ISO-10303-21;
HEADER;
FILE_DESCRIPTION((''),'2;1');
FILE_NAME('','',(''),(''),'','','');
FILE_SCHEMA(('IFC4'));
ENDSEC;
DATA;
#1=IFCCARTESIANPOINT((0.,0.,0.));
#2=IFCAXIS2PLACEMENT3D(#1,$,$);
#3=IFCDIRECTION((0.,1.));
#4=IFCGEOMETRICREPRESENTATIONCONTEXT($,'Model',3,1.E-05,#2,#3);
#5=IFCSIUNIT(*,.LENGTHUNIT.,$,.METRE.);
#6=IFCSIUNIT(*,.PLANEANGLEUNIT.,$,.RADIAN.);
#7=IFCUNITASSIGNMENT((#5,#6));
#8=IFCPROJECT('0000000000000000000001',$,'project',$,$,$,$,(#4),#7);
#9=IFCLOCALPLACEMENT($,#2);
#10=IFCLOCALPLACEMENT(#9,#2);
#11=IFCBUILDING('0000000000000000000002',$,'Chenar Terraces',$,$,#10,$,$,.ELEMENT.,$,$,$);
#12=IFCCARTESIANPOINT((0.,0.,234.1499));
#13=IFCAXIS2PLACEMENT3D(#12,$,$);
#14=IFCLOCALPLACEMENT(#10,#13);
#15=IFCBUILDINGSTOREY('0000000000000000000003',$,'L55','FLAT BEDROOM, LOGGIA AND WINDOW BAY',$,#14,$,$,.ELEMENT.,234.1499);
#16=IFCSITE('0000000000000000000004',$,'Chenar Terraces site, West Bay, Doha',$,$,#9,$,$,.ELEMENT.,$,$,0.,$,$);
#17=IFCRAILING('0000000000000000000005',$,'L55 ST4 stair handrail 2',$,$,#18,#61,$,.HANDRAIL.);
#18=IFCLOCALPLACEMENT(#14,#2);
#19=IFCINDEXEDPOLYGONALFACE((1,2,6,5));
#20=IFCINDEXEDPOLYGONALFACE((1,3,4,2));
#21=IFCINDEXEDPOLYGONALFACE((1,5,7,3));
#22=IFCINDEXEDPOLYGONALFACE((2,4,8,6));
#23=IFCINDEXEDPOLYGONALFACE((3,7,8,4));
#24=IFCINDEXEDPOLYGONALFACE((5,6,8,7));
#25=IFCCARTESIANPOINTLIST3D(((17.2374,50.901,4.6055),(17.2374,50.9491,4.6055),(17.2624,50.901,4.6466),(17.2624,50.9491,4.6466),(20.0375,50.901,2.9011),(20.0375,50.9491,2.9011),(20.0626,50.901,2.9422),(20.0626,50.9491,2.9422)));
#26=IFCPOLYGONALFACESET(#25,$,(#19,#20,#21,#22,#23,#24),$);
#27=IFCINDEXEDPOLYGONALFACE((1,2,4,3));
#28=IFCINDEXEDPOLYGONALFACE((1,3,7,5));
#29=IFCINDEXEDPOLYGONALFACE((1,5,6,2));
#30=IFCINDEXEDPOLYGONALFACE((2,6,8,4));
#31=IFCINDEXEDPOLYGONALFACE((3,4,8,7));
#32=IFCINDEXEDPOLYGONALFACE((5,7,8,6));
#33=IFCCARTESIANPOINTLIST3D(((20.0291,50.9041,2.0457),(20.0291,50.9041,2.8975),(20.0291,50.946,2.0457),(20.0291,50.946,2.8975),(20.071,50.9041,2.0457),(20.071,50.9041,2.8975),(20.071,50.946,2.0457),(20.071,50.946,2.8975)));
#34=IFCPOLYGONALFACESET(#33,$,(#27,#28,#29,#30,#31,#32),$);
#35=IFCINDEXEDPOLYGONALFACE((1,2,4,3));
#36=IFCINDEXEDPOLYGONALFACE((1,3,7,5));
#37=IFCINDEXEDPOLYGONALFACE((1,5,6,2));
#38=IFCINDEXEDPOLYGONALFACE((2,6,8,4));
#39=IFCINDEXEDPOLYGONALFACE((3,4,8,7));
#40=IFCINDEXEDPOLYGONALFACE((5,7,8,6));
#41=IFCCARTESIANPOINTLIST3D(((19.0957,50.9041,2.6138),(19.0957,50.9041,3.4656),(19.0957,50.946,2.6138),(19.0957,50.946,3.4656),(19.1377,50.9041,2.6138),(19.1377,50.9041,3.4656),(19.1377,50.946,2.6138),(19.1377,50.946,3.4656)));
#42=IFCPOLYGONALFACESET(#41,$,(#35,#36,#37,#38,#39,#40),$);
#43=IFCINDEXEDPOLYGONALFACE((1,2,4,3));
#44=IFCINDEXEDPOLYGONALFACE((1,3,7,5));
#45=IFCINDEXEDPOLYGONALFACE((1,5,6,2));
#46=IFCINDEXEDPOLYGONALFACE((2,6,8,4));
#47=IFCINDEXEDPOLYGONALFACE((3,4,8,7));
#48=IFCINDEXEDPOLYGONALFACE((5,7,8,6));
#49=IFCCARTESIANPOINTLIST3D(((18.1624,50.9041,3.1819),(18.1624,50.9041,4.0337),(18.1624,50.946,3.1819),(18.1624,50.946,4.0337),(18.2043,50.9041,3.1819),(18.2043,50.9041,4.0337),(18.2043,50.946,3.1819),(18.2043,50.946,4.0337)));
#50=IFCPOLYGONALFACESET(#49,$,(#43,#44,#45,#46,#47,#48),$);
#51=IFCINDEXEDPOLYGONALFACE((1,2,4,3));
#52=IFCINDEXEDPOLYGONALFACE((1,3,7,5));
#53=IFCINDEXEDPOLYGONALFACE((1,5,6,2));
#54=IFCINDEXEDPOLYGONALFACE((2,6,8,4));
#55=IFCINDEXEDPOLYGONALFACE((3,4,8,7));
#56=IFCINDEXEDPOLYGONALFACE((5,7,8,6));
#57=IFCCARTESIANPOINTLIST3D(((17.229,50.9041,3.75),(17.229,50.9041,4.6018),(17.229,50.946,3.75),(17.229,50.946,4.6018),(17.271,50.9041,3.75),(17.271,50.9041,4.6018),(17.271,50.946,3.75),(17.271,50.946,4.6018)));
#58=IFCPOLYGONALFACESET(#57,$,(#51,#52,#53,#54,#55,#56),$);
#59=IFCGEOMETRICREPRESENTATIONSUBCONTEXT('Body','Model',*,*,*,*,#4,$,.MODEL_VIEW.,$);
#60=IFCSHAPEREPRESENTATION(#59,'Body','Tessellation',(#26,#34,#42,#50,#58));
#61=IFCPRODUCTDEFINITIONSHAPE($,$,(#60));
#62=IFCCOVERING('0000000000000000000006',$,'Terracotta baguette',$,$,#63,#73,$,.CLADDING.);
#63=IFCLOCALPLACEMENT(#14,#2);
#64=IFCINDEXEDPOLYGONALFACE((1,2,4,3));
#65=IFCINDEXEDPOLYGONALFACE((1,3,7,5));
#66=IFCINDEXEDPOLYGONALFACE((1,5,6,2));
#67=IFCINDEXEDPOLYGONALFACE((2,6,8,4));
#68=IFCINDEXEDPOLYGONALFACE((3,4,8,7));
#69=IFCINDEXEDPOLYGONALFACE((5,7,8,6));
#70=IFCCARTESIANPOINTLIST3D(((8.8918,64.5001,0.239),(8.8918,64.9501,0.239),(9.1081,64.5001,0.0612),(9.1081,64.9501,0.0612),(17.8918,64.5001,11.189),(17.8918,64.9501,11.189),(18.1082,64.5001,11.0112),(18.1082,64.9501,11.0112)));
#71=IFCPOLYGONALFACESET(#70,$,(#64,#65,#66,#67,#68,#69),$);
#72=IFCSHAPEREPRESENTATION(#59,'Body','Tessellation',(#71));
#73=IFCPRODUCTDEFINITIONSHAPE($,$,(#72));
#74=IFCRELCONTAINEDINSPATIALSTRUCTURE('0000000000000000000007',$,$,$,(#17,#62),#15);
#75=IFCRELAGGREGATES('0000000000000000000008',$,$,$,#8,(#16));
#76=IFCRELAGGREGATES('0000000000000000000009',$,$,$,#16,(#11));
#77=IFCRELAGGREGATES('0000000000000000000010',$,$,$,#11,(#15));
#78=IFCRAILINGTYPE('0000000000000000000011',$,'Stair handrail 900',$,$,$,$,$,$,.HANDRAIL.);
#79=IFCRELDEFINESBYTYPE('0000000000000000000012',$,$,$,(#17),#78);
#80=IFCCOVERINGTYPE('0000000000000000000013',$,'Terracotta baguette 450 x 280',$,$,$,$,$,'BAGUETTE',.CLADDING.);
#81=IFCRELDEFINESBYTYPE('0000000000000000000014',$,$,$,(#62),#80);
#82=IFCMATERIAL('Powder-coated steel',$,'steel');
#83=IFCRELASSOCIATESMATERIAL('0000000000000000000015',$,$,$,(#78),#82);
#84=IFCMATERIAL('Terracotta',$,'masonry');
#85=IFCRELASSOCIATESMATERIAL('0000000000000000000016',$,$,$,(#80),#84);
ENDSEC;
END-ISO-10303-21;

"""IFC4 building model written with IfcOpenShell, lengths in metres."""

from ifc_helpers import new_model, si_unit, direction, frame, origin, origin_2d, place, context, subcontext, project, spatial, rectangle, extrude, material, material_profile, profile_set, type_object, element, save


model = new_model("IFC4")

# Units and contexts
model_context = context("Model", 3, precision=1e-05, world=origin(), true_north=direction((0.0, 1.0)))
body_context = subcontext(model_context, "Body", "Model", "MODEL_VIEW")
ifc_project = project(units=[si_unit("LENGTHUNIT", "METRE"), si_unit("PLANEANGLEUNIT", "RADIAN")], contexts=[model_context])

# Site, building, storey
site_placement = place(None, origin())
site = spatial("IfcSite", under=ifc_project, at=site_placement, Name="Chenar Terraces site, West Bay, Doha", CompositionType="ELEMENT", RefElevation=0.0)
building_placement = place(site_placement, origin())
building = spatial("IfcBuilding", under=site, at=building_placement, Name="Chenar Terraces", CompositionType="ELEMENT")
storey_placement = place(building_placement, frame((0.0, 0.0, 234.1499)))
storey = spatial("IfcBuildingStorey", under=building, at=storey_placement, Name="L55", Description="FLAT BEDROOM, LOGGIA AND WINDOW BAY", CompositionType="ELEMENT", Elevation=234.1499)

# Railing
ifc_material_1 = material(Name="Powder-coated steel", Category="steel")
railing_type = type_object("IfcRailingType", Name="Stair handrail 900", PredefinedType="HANDRAIL", material=ifc_material_1)
railing_placement = place(storey_placement, frame((20.05, 50.925, 2.0457)))
element("IfcRailing", 1, at=railing_placement, inside=storey, type_object=railing_type, Name="L55 ST4 stair handrail 2", PredefinedType="HANDRAIL", context=body_context, shape_type="SweptSolid", body=[
    extrude(rectangle(XDim=0.0481, YDim=0.0481, at=origin_2d()), frame((0.0, 0.0, 0.876), z_axis=(-0.854203, 0.0, 0.51994), x_axis=(0.0, -1.0, 0.0)), (0.0, 0.0, 1.0), 3.2781),
    extrude(rectangle(XDim=0.042, YDim=0.042, at=origin_2d()), origin(), (0.0, 0.0, 1.0), 0.8518),
    extrude(rectangle(XDim=0.042, YDim=0.042, at=origin_2d()), frame((-0.9333, 0.0, 0.5681)), (0.0, 0.0, 1.0), 0.8518),
    extrude(rectangle(XDim=0.042, YDim=0.042, at=origin_2d()), frame((-1.8667, 0.0, 1.1362)), (0.0, 0.0, 1.0), 0.8518),
    extrude(rectangle(XDim=0.042, YDim=0.042, at=origin_2d()), frame((-2.8, 0.0, 1.7043)), (0.0, 0.0, 1.0), 0.8518),
])

# Covering
ifc_material_2 = material(Name="Terracotta", Category="masonry")
ifc_material_profile_1 = material_profile(ifc_material_2, rectangle(XDim=0.45, YDim=0.28, at=origin_2d()), Name="Terracotta baguette 450 x 280")
ifc_profile_set_1 = profile_set([ifc_material_profile_1], Name="Terracotta")
covering_type = type_object("IfcCoveringType", Name="Terracotta baguette 450 x 280", ElementType="BAGUETTE", PredefinedType="CLADDING", material=ifc_profile_set_1)
covering_placement = place(storey_placement, frame((18.0, 64.7251, 11.1001), z_axis=(-0.634967, 0.0, -0.772539), x_axis=(0.0, -1.0, 0.0)))
element("IfcCovering", 2, at=covering_placement, inside=storey, type_object=covering_type, Name="Terracotta baguette", PredefinedType="CLADDING", context=body_context, shape_type="SweptSolid", body=[
    extrude(rectangle(XDim=0.45, YDim=0.28, at=origin_2d()), origin(), (0.0, 0.0, 1.0), 14.1741),
])

save(model, "model.ifc")
